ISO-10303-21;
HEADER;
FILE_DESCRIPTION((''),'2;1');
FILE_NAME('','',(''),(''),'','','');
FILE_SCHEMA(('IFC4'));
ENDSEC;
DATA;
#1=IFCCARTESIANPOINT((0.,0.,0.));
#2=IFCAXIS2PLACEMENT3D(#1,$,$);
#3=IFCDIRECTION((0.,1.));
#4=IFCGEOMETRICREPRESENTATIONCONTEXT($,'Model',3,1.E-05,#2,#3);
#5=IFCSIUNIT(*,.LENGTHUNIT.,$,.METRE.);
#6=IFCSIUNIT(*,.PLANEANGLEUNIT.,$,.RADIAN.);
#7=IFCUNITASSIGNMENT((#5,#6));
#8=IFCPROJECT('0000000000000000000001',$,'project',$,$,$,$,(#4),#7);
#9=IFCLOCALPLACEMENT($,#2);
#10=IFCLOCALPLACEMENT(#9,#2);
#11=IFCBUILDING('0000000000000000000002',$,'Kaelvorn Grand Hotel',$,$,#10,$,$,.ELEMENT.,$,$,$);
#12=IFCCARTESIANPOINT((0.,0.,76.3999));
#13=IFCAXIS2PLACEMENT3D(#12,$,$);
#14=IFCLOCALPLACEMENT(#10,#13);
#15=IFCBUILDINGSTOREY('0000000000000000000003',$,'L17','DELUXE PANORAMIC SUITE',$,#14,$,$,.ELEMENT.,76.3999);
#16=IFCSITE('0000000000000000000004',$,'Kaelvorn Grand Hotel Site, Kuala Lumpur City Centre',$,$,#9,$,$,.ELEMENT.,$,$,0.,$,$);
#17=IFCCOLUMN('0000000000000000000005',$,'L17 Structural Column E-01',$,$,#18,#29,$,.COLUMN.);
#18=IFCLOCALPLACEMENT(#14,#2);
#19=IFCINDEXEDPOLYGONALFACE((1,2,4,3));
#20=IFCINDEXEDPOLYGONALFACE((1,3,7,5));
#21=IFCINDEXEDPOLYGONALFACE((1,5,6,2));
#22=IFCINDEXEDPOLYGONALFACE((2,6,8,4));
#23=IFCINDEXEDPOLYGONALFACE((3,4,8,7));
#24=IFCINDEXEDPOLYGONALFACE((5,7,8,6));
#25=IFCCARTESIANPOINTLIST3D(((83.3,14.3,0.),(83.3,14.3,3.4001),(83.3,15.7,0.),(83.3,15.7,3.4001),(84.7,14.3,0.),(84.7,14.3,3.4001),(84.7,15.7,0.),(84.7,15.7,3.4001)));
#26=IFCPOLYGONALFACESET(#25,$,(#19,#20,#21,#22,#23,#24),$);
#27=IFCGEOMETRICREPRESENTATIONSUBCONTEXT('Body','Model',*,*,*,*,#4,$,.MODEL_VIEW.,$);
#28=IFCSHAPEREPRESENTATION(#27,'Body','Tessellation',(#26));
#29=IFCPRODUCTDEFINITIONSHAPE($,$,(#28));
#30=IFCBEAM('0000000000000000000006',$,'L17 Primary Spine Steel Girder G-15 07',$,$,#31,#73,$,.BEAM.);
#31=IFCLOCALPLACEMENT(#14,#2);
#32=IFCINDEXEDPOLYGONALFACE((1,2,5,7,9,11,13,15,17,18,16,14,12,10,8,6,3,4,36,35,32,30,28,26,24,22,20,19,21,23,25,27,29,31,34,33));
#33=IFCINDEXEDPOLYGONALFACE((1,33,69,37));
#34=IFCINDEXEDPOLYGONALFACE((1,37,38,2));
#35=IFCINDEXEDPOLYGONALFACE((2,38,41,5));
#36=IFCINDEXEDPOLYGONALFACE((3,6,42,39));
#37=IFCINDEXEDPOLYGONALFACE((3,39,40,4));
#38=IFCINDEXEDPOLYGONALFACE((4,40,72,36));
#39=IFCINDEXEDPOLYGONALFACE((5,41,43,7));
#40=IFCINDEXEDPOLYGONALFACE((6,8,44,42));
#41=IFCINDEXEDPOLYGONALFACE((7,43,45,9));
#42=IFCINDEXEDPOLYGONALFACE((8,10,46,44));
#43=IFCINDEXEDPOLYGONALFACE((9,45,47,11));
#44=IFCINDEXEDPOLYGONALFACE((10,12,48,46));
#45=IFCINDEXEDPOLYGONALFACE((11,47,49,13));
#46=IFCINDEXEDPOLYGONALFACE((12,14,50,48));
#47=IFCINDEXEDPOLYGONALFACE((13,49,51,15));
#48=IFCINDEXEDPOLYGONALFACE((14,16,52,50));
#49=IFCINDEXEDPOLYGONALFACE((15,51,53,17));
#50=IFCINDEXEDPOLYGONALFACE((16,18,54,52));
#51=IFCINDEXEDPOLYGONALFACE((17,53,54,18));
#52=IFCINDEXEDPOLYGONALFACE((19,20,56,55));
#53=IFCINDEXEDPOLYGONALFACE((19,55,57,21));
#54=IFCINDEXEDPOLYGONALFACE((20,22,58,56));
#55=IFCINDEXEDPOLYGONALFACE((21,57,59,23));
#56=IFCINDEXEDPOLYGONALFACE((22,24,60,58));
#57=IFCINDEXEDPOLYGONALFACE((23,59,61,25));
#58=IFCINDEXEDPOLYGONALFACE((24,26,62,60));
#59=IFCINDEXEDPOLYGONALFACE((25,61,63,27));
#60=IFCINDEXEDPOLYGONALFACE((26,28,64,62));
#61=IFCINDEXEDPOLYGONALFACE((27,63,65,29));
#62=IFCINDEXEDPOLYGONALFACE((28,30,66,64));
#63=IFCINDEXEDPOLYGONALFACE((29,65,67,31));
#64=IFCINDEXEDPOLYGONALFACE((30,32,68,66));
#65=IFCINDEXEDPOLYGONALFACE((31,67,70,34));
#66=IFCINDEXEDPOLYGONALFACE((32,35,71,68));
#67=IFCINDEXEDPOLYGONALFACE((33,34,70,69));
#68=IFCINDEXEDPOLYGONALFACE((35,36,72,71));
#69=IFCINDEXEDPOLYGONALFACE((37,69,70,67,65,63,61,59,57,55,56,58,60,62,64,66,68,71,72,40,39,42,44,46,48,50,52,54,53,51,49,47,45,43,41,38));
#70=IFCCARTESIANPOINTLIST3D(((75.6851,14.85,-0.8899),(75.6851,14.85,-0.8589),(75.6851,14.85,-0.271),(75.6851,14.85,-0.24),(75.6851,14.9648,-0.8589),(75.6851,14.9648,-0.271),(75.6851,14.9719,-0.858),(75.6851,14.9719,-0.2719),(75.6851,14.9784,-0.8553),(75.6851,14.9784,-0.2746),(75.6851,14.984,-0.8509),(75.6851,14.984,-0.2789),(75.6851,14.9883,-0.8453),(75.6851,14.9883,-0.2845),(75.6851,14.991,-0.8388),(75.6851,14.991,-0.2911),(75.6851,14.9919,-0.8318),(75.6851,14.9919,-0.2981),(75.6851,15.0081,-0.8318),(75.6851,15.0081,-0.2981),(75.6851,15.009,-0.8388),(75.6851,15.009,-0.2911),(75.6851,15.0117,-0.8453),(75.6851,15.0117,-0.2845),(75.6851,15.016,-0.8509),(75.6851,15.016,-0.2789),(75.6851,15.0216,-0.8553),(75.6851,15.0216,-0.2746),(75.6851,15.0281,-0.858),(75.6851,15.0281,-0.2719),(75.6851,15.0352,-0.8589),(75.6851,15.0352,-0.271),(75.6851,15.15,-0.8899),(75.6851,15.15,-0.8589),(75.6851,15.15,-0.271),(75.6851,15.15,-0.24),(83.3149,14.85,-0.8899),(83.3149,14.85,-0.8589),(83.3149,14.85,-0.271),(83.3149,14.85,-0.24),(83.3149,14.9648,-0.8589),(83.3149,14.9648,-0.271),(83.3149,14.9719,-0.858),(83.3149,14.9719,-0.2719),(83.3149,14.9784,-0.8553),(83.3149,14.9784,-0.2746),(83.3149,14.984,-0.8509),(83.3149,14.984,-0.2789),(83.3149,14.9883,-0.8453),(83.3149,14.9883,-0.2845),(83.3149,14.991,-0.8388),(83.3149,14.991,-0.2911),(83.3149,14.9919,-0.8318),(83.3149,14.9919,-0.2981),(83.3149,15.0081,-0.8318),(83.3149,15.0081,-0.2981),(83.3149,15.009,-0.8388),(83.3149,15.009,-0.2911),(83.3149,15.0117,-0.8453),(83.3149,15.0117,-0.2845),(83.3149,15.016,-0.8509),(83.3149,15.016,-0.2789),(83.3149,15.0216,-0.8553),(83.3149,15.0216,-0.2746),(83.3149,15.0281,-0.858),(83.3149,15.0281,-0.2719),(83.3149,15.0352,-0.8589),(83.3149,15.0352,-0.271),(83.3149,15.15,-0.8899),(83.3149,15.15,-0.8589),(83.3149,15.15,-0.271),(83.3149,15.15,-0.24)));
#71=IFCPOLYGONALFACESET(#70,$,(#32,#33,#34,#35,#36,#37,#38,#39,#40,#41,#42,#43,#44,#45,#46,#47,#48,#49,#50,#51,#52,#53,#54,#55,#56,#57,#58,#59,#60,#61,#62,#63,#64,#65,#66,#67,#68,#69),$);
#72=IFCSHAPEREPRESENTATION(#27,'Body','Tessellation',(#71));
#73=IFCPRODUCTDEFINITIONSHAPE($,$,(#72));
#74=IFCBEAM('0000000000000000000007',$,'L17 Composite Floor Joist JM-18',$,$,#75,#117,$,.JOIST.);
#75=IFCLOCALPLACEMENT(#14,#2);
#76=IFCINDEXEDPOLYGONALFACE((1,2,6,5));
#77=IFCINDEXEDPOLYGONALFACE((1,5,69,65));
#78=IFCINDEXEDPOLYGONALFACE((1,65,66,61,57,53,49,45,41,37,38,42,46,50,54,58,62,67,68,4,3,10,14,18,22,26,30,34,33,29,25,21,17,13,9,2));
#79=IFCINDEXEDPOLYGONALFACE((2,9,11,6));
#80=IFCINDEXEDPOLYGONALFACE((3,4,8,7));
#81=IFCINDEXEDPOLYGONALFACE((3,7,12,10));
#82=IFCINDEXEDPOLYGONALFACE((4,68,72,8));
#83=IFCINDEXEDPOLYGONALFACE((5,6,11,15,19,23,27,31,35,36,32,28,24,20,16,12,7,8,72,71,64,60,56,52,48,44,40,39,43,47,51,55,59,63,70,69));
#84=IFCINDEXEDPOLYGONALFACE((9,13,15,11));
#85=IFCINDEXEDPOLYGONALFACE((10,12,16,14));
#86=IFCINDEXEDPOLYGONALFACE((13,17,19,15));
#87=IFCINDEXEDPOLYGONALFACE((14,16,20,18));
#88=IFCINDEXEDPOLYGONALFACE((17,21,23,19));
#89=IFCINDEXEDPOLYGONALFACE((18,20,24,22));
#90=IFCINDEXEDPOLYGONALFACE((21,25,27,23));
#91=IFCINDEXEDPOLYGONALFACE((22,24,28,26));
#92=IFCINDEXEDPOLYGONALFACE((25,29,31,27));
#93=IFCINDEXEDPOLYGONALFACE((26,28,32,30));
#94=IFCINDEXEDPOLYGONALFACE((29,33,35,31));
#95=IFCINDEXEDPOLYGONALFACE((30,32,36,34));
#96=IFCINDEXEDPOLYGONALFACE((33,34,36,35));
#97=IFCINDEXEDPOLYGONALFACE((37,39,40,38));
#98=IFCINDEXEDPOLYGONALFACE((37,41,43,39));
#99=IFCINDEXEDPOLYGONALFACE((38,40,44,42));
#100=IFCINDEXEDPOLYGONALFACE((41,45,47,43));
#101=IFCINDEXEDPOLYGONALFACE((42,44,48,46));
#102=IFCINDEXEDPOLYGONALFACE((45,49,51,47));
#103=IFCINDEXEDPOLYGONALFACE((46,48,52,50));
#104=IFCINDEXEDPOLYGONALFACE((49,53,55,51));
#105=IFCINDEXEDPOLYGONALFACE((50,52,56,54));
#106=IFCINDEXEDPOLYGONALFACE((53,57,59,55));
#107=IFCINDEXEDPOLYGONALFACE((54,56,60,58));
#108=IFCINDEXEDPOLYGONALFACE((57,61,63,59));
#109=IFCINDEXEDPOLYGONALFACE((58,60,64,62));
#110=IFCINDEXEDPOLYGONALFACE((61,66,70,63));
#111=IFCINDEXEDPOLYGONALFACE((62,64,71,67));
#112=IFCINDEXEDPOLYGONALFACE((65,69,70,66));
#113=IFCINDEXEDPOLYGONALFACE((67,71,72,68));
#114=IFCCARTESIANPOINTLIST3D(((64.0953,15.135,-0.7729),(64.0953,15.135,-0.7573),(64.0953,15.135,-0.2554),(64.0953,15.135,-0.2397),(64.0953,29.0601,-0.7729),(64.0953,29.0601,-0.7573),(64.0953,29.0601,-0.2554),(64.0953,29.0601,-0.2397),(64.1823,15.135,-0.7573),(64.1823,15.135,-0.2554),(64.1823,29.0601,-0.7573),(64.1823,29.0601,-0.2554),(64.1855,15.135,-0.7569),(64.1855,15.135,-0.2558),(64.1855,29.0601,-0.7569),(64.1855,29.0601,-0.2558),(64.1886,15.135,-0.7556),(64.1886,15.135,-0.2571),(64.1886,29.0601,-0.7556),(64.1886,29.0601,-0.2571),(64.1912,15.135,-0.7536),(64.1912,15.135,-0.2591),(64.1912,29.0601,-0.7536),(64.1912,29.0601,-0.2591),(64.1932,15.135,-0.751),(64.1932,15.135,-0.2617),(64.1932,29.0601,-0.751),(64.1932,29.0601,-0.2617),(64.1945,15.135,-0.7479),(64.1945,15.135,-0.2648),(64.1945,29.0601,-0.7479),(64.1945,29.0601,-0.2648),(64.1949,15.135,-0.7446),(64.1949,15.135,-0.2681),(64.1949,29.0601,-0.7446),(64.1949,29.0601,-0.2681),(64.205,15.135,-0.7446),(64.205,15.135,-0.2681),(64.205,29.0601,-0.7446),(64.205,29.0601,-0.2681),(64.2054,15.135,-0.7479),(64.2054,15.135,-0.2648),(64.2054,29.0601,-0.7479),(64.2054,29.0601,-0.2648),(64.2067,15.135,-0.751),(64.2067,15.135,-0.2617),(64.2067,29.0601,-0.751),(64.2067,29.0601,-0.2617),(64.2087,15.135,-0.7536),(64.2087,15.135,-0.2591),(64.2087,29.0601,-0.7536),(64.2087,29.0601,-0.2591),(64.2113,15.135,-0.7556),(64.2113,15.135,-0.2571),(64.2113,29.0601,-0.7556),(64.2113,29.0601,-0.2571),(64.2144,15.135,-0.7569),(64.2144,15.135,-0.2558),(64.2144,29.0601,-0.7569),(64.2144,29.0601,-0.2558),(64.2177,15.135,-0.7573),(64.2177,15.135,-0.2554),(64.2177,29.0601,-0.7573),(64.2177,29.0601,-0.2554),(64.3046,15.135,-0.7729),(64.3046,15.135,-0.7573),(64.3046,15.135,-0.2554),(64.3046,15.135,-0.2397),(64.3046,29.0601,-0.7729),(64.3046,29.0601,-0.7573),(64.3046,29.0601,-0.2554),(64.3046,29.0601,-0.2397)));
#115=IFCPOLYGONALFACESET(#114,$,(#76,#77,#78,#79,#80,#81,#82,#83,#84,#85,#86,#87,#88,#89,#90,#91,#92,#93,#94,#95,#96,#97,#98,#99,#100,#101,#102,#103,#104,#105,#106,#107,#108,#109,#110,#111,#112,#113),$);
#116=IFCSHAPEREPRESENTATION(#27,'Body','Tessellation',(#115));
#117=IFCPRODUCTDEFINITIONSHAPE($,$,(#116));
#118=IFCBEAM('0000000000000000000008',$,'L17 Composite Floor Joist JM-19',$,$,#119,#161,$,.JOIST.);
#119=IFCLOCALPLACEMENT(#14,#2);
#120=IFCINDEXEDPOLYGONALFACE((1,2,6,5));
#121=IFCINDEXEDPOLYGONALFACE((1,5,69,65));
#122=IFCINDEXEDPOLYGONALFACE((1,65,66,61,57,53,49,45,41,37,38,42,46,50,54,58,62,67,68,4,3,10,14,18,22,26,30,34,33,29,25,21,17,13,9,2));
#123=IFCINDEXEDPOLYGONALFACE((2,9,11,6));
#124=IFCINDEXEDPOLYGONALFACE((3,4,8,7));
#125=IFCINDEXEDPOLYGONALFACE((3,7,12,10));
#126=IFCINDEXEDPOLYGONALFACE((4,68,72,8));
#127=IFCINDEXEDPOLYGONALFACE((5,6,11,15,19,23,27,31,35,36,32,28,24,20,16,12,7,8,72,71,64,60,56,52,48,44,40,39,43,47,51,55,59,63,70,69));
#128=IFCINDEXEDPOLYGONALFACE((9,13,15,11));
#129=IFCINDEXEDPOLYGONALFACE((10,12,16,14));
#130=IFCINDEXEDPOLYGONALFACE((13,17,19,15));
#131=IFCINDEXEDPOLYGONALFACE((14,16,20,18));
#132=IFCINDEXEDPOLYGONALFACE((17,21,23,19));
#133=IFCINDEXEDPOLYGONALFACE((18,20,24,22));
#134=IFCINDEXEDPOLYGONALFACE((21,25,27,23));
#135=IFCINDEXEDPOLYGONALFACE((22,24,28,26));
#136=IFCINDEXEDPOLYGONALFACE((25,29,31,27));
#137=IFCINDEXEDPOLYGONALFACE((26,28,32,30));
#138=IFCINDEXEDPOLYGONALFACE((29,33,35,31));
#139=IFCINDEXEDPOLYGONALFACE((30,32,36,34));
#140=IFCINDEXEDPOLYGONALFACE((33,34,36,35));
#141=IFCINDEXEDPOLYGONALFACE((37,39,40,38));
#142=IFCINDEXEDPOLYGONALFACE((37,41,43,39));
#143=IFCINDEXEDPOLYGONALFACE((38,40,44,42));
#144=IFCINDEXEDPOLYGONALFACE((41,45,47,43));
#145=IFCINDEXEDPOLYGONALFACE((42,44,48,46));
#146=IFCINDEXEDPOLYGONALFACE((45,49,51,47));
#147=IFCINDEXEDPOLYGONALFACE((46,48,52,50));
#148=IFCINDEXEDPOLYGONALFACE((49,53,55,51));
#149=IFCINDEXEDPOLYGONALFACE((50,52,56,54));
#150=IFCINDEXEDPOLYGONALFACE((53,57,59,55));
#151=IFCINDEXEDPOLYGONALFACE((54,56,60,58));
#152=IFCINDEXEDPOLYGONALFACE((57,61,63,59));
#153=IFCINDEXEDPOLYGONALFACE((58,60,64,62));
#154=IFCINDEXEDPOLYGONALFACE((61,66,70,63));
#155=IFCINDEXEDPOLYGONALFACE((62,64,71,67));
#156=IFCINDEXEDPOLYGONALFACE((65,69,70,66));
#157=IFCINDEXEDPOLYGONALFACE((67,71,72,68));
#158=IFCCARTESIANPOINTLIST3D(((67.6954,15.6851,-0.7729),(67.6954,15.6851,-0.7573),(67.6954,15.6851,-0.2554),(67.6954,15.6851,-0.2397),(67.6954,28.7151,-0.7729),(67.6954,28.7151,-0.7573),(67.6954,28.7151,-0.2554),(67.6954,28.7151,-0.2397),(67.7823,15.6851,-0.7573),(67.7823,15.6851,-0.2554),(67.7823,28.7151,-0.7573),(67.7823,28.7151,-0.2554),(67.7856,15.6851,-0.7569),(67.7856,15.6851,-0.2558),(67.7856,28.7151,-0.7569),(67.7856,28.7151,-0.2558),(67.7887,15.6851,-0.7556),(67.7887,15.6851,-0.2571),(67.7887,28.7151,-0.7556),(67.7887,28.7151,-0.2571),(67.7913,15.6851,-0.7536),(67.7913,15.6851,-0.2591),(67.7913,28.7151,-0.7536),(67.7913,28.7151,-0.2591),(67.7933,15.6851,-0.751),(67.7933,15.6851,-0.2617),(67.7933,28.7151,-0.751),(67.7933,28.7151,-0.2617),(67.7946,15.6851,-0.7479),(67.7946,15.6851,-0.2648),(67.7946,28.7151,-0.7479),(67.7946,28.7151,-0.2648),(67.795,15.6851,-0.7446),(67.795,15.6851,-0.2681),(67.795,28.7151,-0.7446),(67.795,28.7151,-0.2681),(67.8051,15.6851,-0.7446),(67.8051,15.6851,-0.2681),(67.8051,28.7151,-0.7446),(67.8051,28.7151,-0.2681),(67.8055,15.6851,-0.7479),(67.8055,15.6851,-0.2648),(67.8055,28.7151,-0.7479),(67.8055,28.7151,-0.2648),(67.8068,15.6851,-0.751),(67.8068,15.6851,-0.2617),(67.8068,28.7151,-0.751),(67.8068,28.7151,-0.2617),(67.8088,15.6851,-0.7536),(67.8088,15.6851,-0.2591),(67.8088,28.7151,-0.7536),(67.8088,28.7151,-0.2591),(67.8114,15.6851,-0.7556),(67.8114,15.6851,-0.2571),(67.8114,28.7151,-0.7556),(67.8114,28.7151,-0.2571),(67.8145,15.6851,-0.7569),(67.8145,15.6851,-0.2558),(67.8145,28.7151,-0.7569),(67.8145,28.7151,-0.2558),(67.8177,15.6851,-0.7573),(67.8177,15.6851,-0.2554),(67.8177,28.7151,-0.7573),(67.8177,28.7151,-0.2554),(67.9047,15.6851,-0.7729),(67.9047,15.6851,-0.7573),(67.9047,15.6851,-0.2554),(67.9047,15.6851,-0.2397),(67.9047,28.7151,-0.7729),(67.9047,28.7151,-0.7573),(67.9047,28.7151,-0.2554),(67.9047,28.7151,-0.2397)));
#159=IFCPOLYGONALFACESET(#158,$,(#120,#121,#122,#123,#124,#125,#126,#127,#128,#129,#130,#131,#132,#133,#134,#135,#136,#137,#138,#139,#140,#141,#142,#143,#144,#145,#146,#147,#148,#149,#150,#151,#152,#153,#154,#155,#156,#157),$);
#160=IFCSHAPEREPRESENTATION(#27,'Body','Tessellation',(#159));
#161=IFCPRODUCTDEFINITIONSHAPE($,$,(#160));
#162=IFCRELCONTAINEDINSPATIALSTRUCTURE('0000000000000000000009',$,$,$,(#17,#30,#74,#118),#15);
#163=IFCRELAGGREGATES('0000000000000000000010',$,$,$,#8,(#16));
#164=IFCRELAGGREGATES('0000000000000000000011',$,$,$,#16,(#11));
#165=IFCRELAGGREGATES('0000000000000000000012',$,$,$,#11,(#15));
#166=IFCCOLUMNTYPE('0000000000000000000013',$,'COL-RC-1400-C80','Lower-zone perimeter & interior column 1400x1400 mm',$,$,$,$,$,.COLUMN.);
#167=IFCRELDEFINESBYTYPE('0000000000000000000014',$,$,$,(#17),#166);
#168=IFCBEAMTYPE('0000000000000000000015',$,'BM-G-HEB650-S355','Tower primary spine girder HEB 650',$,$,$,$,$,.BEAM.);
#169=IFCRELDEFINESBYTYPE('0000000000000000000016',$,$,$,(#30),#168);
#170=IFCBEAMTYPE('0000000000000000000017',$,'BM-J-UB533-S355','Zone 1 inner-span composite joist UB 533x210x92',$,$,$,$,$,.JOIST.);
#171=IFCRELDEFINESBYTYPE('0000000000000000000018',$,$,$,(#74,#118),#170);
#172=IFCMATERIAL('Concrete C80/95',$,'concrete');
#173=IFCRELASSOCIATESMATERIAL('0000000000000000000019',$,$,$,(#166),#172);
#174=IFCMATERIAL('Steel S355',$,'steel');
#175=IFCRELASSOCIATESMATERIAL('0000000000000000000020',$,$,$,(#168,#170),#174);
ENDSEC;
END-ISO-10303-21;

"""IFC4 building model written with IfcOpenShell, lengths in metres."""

from ifc_helpers import new_model, si_unit, direction, frame, origin, origin_2d, place, context, subcontext, project, spatial, rectangle, i_section, extrude, material, material_profile, profile_set, type_object, element, save


model = new_model("IFC4")

# Units and contexts
model_context = context("Model", 3, precision=1e-05, world=origin(), true_north=direction((0.0, 1.0)))
body_context = subcontext(model_context, "Body", "Model", "MODEL_VIEW")
ifc_project = project(units=[si_unit("LENGTHUNIT", "METRE"), si_unit("PLANEANGLEUNIT", "RADIAN")], contexts=[model_context])

# Site, building, storey
site_placement = place(None, origin())
site = spatial("IfcSite", under=ifc_project, at=site_placement, Name="Kaelvorn Grand Hotel Site, Kuala Lumpur City Centre", CompositionType="ELEMENT", RefElevation=0.0)
building_placement = place(site_placement, origin())
building = spatial("IfcBuilding", under=site, at=building_placement, Name="Kaelvorn Grand Hotel", CompositionType="ELEMENT")
storey_placement = place(building_placement, frame((0.0, 0.0, 76.3999)))
storey = spatial("IfcBuildingStorey", under=building, at=storey_placement, Name="L17", Description="DELUXE PANORAMIC SUITE", CompositionType="ELEMENT", Elevation=76.3999)

# Column
ifc_material_1 = material(Name="Concrete C80/95", Category="concrete")
ifc_material_profile_1 = material_profile(ifc_material_1, rectangle(XDim=1.3999, YDim=1.3999, at=origin_2d()), Name="RC COL 1400x1400")
ifc_profile_set_1 = profile_set([ifc_material_profile_1], Name="Concrete C80/95")
column_type = type_object("IfcColumnType", Name="COL-RC-1400-C80", Description="Lower-zone perimeter & interior column 1400x1400 mm", PredefinedType="COLUMN", material=ifc_profile_set_1)
column_placement = place(storey_placement, frame((84.0, 15.0, 0.0), z_axis=(0.0, 0.0, 1.0), x_axis=(1.0, 0.0, 0.0)))
element("IfcColumn", 1, at=column_placement, inside=storey, type_object=column_type, Name="L17 Structural Column E-01", PredefinedType="COLUMN", context=body_context, shape_type="SweptSolid", body=[
    extrude(rectangle(XDim=1.3999, YDim=1.3999, at=origin_2d()), origin(), (0.0, 0.0, 1.0), 3.4001),
])

# Beams
ifc_material_2 = material(Name="Steel S355", Category="steel")
ifc_material_profile_2 = material_profile(ifc_material_2, i_section(OverallWidth=0.3, OverallDepth=0.6499, WebThickness=0.0161, FlangeThickness=0.031, FilletRadius=0.0271, at=origin_2d()), Name="HEB 650")
ifc_profile_set_2 = profile_set([ifc_material_profile_2], Name="Steel S355")
beam_type_1 = type_object("IfcBeamType", Name="BM-G-HEB650-S355", Description="Tower primary spine girder HEB 650", PredefinedType="BEAM", material=ifc_profile_set_2)
beam_1_placement = place(storey_placement, frame((75.6851, 15.0, -0.5649), z_axis=(1.0, 0.0, 0.0), x_axis=(0.0, 1.0, 0.0)))
element("IfcBeam", 2, at=beam_1_placement, inside=storey, type_object=beam_type_1, Name="L17 Primary Spine Steel Girder G-15 07", PredefinedType="BEAM", context=body_context, shape_type="SweptSolid", body=[
    extrude(i_section(OverallWidth=0.3, OverallDepth=0.6499, WebThickness=0.0161, FlangeThickness=0.031, FilletRadius=0.0271, at=origin_2d()), origin(), (0.0, 0.0, 1.0), 7.6299),
])
ifc_material_profile_3 = material_profile(ifc_material_2, i_section(OverallWidth=0.2092, OverallDepth=0.5332, WebThickness=0.01, FlangeThickness=0.0156, FilletRadius=0.0127, at=origin_2d()), Name="UB 533x210x92")
ifc_profile_set_3 = profile_set([ifc_material_profile_3], Name="Steel S355")
beam_type_2 = type_object("IfcBeamType", Name="BM-J-UB533-S355", Description="Zone 1 inner-span composite joist UB 533x210x92", PredefinedType="JOIST", material=ifc_profile_set_3)
beam_2_placement = place(storey_placement, frame((64.2, 15.135, -0.5063), z_axis=(0.0, 1.0, 0.0), x_axis=(-1.0, 0.0, 0.0)))
element("IfcBeam", 3, at=beam_2_placement, inside=storey, type_object=beam_type_2, Name="L17 Composite Floor Joist JM-18", PredefinedType="JOIST", context=body_context, shape_type="SweptSolid", body=[
    extrude(i_section(OverallWidth=0.2092, OverallDepth=0.5332, WebThickness=0.01, FlangeThickness=0.0156, FilletRadius=0.0127, at=origin_2d()), origin(), (0.0, 0.0, 1.0), 13.925),
])
beam_3_placement = place(storey_placement, frame((67.8, 15.6851, -0.5063), z_axis=(0.0, 1.0, 0.0), x_axis=(-1.0, 0.0, 0.0)))
element("IfcBeam", 4, at=beam_3_placement, inside=storey, type_object=beam_type_2, Name="L17 Composite Floor Joist JM-19", PredefinedType="JOIST", context=body_context, shape_type="SweptSolid", body=[
    extrude(i_section(OverallWidth=0.2092, OverallDepth=0.5332, WebThickness=0.01, FlangeThickness=0.0156, FilletRadius=0.0127, at=origin_2d()), origin(), (0.0, 0.0, 1.0), 13.03),
])

save(model, "model.ifc")
